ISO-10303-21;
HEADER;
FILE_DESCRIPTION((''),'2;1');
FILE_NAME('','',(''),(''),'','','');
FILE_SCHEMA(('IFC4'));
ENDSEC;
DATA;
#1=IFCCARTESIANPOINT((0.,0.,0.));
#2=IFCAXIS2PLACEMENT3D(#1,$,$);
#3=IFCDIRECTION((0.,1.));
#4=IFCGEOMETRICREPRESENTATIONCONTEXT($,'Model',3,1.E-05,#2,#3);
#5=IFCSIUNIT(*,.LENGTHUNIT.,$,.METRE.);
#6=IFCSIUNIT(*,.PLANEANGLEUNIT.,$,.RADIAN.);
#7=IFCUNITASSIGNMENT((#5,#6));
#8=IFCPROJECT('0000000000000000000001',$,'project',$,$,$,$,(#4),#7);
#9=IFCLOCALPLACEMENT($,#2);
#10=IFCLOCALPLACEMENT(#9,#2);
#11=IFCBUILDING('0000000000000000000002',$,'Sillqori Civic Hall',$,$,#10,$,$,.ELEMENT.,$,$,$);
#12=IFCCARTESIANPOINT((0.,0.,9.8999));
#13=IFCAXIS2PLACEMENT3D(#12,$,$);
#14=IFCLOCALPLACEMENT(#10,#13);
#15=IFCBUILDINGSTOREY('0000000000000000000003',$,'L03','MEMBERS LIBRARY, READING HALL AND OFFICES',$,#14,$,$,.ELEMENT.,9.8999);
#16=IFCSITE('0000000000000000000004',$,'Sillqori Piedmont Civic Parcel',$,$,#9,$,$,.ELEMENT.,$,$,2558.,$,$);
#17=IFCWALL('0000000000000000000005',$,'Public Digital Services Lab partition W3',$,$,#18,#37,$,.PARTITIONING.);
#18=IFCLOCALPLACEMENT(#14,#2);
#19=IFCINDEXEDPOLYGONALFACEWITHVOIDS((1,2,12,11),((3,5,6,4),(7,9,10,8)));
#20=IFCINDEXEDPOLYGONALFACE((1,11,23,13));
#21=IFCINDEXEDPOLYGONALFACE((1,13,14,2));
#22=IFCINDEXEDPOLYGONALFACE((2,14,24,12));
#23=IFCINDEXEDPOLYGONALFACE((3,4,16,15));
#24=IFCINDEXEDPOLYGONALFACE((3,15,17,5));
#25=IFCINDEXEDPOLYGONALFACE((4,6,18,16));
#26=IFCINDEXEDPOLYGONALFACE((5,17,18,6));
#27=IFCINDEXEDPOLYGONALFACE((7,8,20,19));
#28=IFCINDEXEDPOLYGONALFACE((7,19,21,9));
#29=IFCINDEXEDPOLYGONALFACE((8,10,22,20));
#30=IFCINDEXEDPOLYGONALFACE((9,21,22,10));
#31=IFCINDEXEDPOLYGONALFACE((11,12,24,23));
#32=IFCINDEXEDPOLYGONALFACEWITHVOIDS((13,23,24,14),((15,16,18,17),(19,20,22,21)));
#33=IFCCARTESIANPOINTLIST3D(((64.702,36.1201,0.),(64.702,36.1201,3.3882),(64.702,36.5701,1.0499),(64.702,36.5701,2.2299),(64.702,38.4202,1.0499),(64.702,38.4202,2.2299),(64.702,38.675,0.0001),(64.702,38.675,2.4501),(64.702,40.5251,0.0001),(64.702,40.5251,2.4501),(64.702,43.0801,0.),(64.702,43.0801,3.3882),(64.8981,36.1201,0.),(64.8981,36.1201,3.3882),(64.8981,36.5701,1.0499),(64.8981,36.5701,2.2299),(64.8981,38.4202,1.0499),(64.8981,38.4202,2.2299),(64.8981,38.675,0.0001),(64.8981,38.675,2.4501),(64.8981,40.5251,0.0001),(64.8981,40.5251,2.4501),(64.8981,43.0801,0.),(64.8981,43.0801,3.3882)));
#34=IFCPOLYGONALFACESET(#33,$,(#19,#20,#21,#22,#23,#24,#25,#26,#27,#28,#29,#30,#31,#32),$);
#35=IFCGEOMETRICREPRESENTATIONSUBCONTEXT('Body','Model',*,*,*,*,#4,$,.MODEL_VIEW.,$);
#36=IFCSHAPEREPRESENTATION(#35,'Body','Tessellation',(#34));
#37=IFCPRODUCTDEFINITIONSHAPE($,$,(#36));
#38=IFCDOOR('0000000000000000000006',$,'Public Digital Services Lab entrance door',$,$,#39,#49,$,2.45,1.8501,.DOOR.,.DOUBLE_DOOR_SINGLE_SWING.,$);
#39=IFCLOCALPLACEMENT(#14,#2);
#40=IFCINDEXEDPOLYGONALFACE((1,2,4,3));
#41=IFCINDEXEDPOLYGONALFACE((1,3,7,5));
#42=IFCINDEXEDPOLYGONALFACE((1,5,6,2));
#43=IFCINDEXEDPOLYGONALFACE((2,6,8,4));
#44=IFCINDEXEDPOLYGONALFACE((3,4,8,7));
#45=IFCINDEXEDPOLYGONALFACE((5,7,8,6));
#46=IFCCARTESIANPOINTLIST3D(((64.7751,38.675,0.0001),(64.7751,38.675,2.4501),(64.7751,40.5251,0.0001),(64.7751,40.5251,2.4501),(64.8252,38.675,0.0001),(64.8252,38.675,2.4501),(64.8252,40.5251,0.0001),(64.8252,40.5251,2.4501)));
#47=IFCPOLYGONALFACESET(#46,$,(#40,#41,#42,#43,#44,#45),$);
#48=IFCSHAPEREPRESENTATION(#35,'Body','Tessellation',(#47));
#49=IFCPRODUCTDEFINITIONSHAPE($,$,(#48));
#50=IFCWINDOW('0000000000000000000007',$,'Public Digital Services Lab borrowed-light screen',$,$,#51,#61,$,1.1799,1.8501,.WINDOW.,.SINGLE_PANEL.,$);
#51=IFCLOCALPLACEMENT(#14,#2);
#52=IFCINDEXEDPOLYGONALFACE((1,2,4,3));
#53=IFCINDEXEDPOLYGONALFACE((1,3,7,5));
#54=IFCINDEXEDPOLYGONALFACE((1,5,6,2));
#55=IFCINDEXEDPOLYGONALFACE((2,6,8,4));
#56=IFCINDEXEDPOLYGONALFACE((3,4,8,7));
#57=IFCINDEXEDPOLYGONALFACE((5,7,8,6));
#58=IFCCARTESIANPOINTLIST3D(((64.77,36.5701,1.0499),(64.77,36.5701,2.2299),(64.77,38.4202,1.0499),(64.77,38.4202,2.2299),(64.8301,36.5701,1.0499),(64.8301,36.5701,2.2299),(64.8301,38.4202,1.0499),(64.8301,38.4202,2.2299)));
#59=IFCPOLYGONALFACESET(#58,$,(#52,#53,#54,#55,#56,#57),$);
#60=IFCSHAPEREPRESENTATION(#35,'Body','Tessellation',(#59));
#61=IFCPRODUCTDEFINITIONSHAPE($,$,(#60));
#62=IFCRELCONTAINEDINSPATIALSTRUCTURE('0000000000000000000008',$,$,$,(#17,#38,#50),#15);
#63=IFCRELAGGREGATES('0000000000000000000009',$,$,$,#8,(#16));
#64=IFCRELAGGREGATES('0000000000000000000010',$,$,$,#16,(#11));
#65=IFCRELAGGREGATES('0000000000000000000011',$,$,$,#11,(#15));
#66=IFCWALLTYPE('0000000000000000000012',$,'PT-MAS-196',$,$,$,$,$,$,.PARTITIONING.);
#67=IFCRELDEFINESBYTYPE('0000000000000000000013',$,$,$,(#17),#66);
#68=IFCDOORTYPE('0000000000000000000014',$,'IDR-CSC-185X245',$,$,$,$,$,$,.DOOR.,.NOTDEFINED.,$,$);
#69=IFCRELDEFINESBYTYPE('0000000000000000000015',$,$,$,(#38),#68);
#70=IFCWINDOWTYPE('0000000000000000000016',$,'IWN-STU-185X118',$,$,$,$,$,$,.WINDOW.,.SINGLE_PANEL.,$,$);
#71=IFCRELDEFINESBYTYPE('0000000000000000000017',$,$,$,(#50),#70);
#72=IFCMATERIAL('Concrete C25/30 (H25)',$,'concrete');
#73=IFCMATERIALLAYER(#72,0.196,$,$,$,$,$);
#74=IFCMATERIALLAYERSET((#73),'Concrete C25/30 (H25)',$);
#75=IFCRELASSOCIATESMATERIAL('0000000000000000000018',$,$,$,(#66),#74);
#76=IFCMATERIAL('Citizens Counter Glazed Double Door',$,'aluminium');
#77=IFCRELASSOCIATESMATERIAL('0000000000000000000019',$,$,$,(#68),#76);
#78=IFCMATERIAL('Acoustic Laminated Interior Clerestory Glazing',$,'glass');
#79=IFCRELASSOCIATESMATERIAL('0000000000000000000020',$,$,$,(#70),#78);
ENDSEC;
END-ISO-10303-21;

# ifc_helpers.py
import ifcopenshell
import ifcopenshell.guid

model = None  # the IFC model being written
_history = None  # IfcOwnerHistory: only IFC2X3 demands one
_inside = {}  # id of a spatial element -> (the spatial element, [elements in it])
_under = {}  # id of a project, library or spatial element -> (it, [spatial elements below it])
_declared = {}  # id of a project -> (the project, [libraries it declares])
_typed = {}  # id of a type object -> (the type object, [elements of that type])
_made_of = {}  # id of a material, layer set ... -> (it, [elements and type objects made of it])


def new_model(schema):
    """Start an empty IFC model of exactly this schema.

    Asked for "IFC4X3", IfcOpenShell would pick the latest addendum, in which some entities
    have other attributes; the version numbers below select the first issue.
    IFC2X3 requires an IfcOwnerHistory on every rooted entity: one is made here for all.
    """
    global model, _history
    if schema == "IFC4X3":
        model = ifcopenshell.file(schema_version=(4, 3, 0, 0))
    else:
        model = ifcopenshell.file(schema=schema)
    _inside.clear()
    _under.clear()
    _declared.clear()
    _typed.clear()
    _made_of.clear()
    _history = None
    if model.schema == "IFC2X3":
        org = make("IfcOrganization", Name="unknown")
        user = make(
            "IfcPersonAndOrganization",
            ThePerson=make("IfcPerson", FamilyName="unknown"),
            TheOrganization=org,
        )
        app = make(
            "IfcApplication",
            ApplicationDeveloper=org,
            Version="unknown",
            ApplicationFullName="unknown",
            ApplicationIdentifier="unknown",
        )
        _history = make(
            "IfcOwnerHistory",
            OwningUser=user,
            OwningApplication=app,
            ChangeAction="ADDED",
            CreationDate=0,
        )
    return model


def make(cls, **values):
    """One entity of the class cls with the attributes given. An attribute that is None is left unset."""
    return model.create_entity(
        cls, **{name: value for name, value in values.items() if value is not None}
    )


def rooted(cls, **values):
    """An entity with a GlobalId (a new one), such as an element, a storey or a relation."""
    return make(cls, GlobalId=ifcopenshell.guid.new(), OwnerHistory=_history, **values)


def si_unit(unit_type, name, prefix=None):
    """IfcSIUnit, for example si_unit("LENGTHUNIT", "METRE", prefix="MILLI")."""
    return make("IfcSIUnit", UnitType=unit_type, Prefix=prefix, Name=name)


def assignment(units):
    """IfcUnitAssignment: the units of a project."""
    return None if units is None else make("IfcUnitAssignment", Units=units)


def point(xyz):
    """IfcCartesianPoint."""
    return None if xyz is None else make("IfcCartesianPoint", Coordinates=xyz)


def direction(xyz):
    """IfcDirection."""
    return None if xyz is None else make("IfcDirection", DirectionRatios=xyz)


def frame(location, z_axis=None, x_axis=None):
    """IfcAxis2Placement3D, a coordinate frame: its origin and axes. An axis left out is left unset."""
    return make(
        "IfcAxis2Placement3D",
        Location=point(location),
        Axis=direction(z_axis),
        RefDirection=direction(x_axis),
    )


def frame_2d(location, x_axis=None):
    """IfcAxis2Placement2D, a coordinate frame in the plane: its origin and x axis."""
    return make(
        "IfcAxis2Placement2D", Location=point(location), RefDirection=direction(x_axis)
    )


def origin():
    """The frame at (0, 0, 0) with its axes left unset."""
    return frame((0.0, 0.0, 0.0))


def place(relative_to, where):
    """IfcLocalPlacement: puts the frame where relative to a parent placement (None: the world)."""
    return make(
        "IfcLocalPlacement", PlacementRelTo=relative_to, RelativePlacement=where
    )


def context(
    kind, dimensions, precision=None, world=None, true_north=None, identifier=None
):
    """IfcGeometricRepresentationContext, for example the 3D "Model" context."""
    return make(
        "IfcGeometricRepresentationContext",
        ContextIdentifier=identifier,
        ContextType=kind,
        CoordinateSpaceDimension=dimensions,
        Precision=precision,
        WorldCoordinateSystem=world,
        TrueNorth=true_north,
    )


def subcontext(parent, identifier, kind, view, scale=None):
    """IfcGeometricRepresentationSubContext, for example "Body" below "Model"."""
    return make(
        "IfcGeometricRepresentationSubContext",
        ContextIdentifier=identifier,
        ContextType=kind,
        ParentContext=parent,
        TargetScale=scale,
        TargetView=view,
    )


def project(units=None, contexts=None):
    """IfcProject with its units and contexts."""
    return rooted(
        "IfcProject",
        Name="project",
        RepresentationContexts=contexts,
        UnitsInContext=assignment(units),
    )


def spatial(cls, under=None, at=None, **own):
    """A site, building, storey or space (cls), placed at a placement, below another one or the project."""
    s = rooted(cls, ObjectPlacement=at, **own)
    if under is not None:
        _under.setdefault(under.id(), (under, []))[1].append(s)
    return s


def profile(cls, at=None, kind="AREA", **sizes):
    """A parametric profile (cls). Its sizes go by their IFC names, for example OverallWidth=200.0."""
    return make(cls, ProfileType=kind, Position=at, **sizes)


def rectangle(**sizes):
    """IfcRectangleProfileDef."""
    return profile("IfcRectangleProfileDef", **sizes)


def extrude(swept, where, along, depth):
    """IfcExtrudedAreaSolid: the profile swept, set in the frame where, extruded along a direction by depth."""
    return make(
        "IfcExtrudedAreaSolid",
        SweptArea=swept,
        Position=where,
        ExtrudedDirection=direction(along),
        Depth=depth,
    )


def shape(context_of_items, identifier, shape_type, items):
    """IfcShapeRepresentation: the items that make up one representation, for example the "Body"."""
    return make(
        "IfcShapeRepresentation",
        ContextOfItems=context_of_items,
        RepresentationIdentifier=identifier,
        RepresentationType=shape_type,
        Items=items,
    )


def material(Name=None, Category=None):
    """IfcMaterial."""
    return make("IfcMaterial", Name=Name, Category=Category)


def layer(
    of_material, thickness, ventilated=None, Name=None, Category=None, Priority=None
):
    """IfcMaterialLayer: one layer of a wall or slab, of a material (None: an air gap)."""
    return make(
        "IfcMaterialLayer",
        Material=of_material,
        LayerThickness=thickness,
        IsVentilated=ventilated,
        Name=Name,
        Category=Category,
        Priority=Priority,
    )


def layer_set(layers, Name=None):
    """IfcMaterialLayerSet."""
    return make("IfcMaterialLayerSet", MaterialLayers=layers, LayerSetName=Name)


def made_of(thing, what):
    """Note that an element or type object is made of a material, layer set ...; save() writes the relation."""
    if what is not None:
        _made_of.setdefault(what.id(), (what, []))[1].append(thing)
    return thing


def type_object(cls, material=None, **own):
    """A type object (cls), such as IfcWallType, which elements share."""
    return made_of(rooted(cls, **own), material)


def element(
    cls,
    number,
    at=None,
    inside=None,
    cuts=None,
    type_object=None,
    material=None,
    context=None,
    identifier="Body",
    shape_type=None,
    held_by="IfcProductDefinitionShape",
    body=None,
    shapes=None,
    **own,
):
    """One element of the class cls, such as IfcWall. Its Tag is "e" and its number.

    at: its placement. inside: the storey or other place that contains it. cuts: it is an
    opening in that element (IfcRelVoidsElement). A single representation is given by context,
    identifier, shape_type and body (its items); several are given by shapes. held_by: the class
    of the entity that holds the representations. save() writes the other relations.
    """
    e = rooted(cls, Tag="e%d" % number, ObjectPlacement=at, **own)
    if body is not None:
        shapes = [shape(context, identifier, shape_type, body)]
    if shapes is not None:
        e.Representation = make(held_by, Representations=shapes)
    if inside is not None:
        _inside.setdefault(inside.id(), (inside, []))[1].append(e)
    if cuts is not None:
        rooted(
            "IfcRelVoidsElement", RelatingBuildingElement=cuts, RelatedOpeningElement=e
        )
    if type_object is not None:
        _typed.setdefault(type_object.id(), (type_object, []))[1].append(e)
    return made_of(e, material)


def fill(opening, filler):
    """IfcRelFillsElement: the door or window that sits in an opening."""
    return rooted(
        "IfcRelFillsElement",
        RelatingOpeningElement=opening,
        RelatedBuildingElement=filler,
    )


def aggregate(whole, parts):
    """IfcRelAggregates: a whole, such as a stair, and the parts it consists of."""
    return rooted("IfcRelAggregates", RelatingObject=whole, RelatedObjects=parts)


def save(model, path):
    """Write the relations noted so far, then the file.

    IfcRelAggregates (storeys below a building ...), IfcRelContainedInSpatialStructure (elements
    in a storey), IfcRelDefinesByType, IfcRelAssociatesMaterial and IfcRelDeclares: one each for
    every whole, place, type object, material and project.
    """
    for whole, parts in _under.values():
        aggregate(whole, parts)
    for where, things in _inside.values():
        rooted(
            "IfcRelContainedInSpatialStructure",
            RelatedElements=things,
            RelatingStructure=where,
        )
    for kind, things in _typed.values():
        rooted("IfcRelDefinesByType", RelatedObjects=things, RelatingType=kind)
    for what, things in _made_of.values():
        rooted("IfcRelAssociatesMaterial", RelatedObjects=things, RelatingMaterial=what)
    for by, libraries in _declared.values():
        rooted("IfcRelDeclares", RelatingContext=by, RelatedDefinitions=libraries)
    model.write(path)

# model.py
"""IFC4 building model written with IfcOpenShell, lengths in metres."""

from ifc_helpers import new_model, si_unit, direction, frame, frame_2d, origin, place, context, subcontext, project, spatial, rectangle, extrude, material, layer, layer_set, type_object, element, fill, save


model = new_model("IFC4")

# Units and contexts
model_context = context("Model", 3, precision=1e-05, world=origin(), true_north=direction((0.0, 1.0)))
body_context = subcontext(model_context, "Body", "Model", "MODEL_VIEW")
ifc_project = project(units=[si_unit("LENGTHUNIT", "METRE"), si_unit("PLANEANGLEUNIT", "RADIAN")], contexts=[model_context])

# Site, building, storey
site_placement = place(None, origin())
site = spatial("IfcSite", under=ifc_project, at=site_placement, Name="Sillqori Piedmont Civic Parcel", CompositionType="ELEMENT", RefElevation=2558.0)
building_placement = place(site_placement, origin())
building = spatial("IfcBuilding", under=site, at=building_placement, Name="Sillqori Civic Hall", CompositionType="ELEMENT")
storey_placement = place(building_placement, frame((0.0, 0.0, 9.8999)))
storey = spatial("IfcBuildingStorey", under=building, at=storey_placement, Name="L03", Description="MEMBERS LIBRARY, READING HALL AND OFFICES", CompositionType="ELEMENT", Elevation=9.8999)

# Shared definitions
ifc_material_1 = material(Name="Concrete C25/30 (H25)", Category="concrete")

# Wall, openings, door, window
ifc_layer_1 = layer(ifc_material_1, 0.196)
ifc_layer_set_1 = layer_set([ifc_layer_1], Name="Concrete C25/30 (H25)")
wall_type_1 = type_object("IfcWallType", Name="PT-MAS-196", PredefinedType="PARTITIONING", material=ifc_layer_set_1)
wall_1_placement = place(storey_placement, frame((64.8, 36.1201, 0.0), z_axis=(0.0, 0.0, 1.0), x_axis=(0.0, 1.0, 0.0)))
wall_1 = element("IfcWall", 1, at=wall_1_placement, inside=storey, type_object=wall_type_1, Name="Public Digital Services Lab partition W3", PredefinedType="PARTITIONING", context=body_context, shape_type="SweptSolid", body=[
    extrude(rectangle(XDim=6.96, YDim=0.196, at=frame_2d((3.48, 0.0))), origin(), (0.0, 0.0, 1.0), 3.3882),
])
opening_1_placement = place(wall_1_placement, frame((2.5549, 0.0, 0.0)))
opening_1 = element("IfcOpeningElement", 2, at=opening_1_placement, cuts=wall_1, PredefinedType="OPENING", context=body_context, shape_type="SweptSolid", body=[
    extrude(rectangle(XDim=1.8501, YDim=2.45, at=frame_2d((0.925, 1.2251))), frame((0.0, 0.1079, 0.0), z_axis=(0.0, -1.0, 0.0), x_axis=(1.0, 0.0, 0.0)), (0.0, 0.0, 1.0), 0.2161),
])
opening_2_placement = place(wall_1_placement, frame((0.45, 0.0, 1.05)))
opening_2 = element("IfcOpeningElement", 3, at=opening_2_placement, cuts=wall_1, PredefinedType="OPENING", context=body_context, shape_type="SweptSolid", body=[
    extrude(rectangle(XDim=1.8501, YDim=1.1799, at=frame_2d((0.925, 0.5898))), frame((0.0, 0.1079, 0.0), z_axis=(0.0, -1.0, 0.0), x_axis=(1.0, 0.0, 0.0)), (0.0, 0.0, 1.0), 0.2161),
])
ifc_material_2 = material(Name="Citizens Counter Glazed Double Door", Category="aluminium")
door_type = type_object("IfcDoorType", Name="IDR-CSC-185X245", OperationType="NOTDEFINED", PredefinedType="DOOR", material=ifc_material_2)
door_placement = place(opening_1_placement, origin())
door = element("IfcDoor", 4, at=door_placement, inside=storey, type_object=door_type, Name="Public Digital Services Lab entrance door", OperationType="DOUBLE_DOOR_SINGLE_SWING", OverallHeight=2.45, OverallWidth=1.8501, PredefinedType="DOOR", context=body_context, shape_type="SweptSolid", body=[
    extrude(rectangle(XDim=1.8501, YDim=2.45, at=frame_2d((0.925, 1.2251))), frame((0.0, 0.0249, 0.0), z_axis=(0.0, -1.0, 0.0), x_axis=(1.0, 0.0, 0.0)), (0.0, 0.0, 1.0), 0.05),
])
fill(opening_1, door)
ifc_material_3 = material(Name="Acoustic Laminated Interior Clerestory Glazing", Category="glass")
window_type_1 = type_object("IfcWindowType", Name="IWN-STU-185X118", PartitioningType="SINGLE_PANEL", PredefinedType="WINDOW", material=ifc_material_3)
window_1_placement = place(opening_2_placement, origin())
window_1 = element("IfcWindow", 5, at=window_1_placement, inside=storey, type_object=window_type_1, Name="Public Digital Services Lab borrowed-light screen", OverallHeight=1.1799, OverallWidth=1.8501, PartitioningType="SINGLE_PANEL", PredefinedType="WINDOW", context=body_context, shape_type="SweptSolid", body=[
    extrude(rectangle(XDim=1.8501, YDim=1.1799, at=frame_2d((0.925, 0.5898))), frame((0.0, 0.03, 0.0), z_axis=(0.0, -1.0, 0.0), x_axis=(1.0, 0.0, 0.0)), (0.0, 0.0, 1.0), 0.0601),
])
fill(opening_2, window_1)

save(model, "model.ifc")
